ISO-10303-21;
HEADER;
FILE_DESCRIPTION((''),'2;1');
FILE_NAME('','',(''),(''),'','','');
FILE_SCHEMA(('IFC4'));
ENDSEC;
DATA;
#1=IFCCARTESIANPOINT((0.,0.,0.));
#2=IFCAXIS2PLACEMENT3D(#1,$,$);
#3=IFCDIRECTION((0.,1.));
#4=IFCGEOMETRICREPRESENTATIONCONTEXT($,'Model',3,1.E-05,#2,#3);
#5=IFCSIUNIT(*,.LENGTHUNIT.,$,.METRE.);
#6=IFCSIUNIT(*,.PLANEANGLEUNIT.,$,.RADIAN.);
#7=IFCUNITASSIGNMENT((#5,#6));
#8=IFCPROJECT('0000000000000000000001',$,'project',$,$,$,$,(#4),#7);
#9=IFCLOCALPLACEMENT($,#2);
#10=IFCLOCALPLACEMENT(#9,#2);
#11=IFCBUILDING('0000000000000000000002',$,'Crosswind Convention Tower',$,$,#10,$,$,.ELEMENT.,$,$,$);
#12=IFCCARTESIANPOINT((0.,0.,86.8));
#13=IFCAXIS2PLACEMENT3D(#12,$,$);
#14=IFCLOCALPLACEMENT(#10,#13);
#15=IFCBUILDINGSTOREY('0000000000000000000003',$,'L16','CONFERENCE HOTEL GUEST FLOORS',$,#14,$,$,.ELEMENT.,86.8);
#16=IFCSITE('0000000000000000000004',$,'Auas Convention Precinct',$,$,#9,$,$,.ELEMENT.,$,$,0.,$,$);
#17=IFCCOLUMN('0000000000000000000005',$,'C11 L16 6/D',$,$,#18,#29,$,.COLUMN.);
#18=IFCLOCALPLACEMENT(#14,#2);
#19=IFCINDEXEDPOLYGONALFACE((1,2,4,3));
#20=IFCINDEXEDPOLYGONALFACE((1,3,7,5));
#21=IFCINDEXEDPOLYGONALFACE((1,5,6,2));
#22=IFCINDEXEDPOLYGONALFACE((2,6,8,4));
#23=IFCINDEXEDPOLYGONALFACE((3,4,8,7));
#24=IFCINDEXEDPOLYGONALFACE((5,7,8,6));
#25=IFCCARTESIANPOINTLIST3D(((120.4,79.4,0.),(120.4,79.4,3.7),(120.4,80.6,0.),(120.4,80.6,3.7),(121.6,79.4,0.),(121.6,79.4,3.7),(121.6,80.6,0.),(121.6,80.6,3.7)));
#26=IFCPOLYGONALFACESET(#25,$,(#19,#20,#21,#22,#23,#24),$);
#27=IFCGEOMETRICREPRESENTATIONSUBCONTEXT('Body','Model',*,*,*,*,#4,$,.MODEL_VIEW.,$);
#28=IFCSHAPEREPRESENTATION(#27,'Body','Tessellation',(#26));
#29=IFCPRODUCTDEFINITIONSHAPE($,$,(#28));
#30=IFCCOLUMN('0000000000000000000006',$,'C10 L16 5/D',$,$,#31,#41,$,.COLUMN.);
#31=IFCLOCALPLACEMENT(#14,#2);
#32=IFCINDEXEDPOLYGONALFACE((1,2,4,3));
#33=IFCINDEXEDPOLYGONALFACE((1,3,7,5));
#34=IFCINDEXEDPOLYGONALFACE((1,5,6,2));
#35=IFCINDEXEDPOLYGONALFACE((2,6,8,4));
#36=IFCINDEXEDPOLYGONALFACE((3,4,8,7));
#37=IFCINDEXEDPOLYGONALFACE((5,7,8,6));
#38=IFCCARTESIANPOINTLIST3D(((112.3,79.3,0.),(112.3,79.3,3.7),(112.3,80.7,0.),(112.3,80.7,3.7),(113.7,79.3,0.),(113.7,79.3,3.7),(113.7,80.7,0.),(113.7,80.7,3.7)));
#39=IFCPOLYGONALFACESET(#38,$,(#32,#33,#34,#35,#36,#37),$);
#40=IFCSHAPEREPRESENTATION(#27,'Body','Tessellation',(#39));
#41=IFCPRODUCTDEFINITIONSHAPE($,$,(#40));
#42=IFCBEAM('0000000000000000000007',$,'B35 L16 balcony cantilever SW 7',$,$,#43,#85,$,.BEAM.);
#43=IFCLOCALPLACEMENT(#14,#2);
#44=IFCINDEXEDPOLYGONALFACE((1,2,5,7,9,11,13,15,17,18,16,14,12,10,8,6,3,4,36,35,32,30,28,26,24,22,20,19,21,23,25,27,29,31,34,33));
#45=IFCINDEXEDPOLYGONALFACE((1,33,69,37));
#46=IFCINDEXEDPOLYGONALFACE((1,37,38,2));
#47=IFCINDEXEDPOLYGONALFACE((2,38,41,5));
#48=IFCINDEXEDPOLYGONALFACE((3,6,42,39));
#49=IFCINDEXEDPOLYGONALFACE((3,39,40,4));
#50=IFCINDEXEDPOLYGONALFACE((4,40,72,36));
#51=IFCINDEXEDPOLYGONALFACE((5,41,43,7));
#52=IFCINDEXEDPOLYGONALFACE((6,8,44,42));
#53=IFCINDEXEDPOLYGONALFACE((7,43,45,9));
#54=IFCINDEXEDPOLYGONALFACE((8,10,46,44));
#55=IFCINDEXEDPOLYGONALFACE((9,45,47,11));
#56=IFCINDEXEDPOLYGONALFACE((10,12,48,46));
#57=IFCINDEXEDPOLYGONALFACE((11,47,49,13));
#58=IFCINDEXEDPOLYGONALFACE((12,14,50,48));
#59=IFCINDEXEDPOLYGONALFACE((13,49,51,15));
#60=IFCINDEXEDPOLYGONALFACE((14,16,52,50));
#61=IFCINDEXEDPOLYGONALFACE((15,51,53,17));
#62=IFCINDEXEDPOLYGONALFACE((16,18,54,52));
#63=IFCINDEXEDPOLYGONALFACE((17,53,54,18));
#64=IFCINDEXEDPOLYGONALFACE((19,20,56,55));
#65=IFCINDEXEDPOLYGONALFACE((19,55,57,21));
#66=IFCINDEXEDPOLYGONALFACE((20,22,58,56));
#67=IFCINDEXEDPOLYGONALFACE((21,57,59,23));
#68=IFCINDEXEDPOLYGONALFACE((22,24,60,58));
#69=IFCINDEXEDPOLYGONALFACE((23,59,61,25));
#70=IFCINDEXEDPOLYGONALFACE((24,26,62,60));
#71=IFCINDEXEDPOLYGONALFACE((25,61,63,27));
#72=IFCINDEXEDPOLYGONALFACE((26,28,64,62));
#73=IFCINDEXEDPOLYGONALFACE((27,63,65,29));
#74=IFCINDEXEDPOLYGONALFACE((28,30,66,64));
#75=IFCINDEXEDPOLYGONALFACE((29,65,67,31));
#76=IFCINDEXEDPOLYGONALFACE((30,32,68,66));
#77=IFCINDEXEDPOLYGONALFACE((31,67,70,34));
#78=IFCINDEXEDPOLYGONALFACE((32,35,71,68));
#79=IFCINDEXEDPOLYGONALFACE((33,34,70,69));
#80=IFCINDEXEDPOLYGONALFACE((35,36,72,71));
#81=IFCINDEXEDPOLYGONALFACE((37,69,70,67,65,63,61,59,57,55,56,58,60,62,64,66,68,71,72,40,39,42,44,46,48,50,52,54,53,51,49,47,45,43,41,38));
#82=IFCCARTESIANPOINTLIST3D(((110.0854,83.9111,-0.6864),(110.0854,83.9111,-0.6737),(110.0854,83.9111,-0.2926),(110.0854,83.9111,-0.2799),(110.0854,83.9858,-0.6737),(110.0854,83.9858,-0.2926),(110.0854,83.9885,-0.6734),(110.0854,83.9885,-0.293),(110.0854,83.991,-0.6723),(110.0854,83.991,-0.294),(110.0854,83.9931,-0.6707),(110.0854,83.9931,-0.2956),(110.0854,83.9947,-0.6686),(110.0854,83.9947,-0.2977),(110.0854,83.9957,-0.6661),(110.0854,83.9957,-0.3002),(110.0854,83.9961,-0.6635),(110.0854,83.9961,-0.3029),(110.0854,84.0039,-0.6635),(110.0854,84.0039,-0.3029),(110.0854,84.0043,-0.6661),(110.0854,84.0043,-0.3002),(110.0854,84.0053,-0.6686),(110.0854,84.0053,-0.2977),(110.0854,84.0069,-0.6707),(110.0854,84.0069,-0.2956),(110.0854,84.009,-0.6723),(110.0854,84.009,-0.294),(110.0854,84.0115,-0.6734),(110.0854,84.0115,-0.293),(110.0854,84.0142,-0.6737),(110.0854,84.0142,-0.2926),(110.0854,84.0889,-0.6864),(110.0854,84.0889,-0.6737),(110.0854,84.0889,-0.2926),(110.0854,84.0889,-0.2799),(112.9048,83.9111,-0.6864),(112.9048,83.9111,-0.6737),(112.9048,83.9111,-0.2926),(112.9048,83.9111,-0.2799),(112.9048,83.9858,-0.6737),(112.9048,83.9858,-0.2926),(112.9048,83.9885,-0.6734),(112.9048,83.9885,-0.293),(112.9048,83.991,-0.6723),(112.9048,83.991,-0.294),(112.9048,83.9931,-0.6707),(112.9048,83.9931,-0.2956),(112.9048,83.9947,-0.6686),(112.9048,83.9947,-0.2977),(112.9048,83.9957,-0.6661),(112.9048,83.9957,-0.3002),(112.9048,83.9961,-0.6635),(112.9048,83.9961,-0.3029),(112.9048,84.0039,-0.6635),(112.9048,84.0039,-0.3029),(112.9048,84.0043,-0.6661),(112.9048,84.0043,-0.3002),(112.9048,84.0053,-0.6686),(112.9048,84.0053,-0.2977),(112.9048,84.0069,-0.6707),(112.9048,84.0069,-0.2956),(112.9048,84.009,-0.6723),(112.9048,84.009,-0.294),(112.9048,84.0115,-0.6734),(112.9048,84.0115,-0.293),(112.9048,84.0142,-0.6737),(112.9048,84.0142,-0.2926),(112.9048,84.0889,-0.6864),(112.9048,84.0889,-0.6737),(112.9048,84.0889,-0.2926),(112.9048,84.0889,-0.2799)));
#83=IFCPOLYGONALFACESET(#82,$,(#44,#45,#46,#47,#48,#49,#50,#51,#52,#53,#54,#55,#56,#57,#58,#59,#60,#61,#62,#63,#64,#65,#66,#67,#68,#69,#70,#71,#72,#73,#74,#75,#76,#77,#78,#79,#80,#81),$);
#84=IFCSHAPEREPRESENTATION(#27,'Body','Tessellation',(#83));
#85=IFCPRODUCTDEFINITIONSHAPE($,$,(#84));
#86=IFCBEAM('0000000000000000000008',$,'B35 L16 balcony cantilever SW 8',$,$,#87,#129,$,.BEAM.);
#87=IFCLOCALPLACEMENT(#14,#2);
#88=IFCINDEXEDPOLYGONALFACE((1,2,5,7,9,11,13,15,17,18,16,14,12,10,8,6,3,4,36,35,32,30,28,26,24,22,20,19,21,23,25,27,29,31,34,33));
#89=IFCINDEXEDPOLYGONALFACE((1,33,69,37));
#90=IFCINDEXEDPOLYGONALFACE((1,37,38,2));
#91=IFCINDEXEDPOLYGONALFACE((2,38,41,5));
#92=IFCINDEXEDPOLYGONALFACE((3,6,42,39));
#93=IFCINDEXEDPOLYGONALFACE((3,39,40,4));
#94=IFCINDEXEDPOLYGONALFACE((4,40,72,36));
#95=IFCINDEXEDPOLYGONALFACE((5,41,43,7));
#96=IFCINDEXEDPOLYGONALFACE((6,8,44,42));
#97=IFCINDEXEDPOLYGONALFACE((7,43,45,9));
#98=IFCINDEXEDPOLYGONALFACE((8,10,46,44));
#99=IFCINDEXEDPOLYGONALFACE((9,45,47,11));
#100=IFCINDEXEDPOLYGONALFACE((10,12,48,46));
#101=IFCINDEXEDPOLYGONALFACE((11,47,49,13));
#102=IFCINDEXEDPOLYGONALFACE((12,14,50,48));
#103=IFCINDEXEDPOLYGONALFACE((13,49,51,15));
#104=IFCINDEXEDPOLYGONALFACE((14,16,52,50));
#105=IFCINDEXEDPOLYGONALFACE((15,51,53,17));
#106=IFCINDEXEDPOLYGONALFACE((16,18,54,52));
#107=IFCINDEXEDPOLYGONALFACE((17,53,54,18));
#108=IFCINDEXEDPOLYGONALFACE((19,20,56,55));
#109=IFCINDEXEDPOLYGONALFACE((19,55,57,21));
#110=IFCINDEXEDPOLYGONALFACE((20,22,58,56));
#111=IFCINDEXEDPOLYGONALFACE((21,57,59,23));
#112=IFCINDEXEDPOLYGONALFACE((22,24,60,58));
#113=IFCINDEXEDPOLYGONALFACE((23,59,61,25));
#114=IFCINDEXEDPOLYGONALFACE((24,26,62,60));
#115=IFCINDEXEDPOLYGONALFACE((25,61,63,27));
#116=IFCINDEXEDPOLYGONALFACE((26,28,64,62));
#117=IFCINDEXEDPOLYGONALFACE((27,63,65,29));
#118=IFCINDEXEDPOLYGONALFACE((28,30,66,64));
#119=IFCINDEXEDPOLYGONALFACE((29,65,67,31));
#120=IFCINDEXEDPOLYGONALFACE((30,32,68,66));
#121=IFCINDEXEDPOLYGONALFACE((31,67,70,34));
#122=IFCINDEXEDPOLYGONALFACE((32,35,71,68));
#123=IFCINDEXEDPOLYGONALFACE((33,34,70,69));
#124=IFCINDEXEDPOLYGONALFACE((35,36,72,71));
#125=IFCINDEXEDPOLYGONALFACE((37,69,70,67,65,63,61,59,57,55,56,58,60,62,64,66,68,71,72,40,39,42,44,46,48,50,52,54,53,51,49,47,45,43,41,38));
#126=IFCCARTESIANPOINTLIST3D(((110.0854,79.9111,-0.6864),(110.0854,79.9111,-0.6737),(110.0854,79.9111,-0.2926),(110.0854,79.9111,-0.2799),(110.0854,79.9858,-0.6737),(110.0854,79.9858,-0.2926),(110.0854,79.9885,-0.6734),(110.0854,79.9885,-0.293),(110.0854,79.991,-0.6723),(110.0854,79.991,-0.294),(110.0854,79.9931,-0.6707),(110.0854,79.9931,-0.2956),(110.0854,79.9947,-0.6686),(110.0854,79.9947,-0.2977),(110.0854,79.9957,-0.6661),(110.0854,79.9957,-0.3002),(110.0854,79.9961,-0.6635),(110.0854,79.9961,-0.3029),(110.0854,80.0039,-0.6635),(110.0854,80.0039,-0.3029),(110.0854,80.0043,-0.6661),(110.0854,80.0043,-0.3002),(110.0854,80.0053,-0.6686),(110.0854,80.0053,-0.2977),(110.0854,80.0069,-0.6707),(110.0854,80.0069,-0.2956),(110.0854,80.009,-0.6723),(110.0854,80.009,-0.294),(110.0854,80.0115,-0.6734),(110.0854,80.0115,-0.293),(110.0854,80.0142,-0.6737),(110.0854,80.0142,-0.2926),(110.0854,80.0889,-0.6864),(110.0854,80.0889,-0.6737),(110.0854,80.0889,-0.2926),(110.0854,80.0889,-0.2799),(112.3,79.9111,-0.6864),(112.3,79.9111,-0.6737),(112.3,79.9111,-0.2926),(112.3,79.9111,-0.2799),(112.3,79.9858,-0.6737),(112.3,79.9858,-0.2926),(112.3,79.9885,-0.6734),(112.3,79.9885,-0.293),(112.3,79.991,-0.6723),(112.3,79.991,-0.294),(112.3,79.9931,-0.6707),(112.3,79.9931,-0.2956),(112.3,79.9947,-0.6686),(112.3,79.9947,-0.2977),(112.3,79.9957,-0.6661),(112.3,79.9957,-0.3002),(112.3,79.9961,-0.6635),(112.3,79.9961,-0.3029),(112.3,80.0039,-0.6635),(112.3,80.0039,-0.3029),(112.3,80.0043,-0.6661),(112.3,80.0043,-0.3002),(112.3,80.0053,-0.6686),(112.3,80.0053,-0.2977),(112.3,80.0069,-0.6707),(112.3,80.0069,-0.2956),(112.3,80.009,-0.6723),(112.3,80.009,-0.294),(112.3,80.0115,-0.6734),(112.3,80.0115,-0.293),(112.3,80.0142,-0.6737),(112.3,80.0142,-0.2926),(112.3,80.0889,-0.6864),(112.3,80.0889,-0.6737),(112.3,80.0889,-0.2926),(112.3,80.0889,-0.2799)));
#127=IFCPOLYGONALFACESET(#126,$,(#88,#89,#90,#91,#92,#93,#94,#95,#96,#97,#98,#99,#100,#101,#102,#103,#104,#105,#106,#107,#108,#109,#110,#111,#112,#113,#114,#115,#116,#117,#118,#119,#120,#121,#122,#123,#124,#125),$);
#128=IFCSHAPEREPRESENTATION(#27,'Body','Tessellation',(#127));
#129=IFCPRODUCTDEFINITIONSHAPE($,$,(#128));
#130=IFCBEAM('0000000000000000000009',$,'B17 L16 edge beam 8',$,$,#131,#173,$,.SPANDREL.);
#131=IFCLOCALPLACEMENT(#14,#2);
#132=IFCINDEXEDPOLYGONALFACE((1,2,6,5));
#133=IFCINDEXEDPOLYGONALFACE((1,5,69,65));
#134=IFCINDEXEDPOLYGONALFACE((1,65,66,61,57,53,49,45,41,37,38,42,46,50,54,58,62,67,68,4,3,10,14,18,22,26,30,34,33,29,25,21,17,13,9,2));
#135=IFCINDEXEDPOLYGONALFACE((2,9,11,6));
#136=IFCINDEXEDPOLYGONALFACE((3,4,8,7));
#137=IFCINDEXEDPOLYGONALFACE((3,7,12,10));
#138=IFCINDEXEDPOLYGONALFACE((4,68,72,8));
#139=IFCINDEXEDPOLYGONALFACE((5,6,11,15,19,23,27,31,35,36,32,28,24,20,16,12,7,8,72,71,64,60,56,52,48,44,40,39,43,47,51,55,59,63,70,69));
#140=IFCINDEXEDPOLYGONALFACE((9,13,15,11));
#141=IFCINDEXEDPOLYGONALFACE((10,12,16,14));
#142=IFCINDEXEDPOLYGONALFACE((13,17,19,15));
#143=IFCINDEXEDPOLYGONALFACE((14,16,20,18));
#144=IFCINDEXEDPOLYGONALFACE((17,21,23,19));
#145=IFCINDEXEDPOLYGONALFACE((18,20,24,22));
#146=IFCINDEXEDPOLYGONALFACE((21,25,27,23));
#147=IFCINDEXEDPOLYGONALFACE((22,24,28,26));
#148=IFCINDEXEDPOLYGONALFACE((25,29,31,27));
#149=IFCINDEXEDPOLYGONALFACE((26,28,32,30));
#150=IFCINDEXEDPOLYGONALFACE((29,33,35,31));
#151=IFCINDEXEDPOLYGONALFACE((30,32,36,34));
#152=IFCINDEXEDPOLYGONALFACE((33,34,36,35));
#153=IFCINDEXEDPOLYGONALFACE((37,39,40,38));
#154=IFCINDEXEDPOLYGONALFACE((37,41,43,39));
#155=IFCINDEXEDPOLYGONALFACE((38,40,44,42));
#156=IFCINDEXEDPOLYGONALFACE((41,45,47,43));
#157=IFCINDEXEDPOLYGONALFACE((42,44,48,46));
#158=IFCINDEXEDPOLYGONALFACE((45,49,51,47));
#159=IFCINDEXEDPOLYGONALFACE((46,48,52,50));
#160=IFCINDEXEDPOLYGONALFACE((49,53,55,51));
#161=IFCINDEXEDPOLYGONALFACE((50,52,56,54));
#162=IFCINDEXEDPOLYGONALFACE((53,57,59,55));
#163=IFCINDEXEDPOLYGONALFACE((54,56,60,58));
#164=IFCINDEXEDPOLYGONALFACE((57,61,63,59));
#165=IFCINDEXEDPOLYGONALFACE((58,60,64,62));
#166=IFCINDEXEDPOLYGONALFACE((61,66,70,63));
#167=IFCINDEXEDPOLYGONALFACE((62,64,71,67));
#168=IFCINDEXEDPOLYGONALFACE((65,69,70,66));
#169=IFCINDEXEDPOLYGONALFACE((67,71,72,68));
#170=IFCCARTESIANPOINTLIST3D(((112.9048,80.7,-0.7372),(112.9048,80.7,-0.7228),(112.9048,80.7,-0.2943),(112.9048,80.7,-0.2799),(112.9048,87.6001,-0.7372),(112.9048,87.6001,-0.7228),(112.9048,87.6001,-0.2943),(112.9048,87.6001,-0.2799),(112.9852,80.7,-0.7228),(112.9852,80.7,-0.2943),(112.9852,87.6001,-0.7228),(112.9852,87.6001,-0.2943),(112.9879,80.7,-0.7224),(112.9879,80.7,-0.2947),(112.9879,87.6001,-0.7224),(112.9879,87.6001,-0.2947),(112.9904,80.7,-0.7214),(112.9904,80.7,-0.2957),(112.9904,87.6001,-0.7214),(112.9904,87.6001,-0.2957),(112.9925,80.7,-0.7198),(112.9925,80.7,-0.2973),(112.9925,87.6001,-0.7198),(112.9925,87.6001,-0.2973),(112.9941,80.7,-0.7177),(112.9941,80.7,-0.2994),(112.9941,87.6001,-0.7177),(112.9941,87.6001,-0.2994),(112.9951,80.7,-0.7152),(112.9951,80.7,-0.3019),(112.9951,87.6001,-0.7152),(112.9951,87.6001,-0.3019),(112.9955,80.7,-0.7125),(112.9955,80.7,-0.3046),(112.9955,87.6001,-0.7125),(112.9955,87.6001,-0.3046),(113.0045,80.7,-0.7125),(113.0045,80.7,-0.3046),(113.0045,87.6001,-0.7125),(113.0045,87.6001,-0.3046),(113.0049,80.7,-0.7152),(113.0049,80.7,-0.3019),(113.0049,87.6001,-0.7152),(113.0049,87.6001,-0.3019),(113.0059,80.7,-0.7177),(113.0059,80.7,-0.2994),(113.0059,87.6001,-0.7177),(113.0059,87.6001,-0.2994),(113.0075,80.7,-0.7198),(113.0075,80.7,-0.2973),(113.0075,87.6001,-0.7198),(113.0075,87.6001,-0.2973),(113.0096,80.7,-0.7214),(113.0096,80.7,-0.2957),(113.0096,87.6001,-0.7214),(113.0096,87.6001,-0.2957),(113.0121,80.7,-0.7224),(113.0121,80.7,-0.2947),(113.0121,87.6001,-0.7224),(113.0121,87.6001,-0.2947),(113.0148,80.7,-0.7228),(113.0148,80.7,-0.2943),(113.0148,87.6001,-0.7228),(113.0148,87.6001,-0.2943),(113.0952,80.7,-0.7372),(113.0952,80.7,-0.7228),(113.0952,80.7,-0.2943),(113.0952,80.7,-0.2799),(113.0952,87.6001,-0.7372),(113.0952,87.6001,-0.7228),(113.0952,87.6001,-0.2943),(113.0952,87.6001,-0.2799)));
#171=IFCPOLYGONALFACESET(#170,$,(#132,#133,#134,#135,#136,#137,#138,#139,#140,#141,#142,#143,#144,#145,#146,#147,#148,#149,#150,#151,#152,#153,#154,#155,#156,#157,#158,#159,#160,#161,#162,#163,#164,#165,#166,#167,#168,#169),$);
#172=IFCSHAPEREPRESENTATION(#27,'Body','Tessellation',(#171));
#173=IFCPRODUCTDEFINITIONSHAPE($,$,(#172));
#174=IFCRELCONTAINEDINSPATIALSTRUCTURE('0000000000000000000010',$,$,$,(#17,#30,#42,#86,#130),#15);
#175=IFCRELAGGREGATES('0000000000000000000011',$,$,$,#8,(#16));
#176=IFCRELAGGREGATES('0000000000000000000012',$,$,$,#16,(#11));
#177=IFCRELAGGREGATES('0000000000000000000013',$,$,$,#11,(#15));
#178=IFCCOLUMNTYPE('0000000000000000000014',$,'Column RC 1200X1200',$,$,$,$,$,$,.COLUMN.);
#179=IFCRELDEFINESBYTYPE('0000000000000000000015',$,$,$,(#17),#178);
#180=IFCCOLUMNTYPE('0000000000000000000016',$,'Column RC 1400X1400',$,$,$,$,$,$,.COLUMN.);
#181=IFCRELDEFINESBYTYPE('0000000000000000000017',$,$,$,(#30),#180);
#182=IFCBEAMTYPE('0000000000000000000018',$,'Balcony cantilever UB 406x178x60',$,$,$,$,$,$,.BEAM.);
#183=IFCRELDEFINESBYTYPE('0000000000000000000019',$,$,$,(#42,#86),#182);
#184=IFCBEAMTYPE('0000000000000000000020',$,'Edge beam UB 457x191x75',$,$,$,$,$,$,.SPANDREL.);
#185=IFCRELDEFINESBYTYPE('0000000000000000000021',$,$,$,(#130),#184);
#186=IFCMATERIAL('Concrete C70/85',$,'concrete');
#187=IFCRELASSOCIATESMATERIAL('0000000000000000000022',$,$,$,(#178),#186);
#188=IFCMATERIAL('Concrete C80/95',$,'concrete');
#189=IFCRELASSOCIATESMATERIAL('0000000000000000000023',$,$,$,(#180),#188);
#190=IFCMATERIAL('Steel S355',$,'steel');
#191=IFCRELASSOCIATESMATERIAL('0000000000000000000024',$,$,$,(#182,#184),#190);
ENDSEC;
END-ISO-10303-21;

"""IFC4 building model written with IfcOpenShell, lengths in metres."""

from ifc_helpers import new_model, si_unit, direction, frame, origin, origin_2d, place, context, subcontext, project, spatial, rectangle, i_section, extrude, material, material_profile, profile_set, type_object, element, save


model = new_model("IFC4")

# Units and contexts
model_context = context("Model", 3, precision=1e-05, world=origin(), true_north=direction((0.0, 1.0)))
body_context = subcontext(model_context, "Body", "Model", "MODEL_VIEW")
ifc_project = project(units=[si_unit("LENGTHUNIT", "METRE"), si_unit("PLANEANGLEUNIT", "RADIAN")], contexts=[model_context])

# Site, building, storey
site_placement = place(None, origin())
site = spatial("IfcSite", under=ifc_project, at=site_placement, Name="Auas Convention Precinct", CompositionType="ELEMENT", RefElevation=0.0)
building_placement = place(site_placement, origin())
building = spatial("IfcBuilding", under=site, at=building_placement, Name="Crosswind Convention Tower", CompositionType="ELEMENT")
storey_placement = place(building_placement, frame((0.0, 0.0, 86.8)))
storey = spatial("IfcBuildingStorey", under=building, at=storey_placement, Name="L16", Description="CONFERENCE HOTEL GUEST FLOORS", CompositionType="ELEMENT", Elevation=86.8)

# Columns
ifc_material_1 = material(Name="Concrete C70/85", Category="concrete")
ifc_material_profile_1 = material_profile(ifc_material_1, rectangle(XDim=1.2, YDim=1.2, at=origin_2d()), Name="RC 1200X1200")
ifc_profile_set_1 = profile_set([ifc_material_profile_1], Name="Concrete C70/85")
column_type_1 = type_object("IfcColumnType", Name="Column RC 1200X1200", PredefinedType="COLUMN", material=ifc_profile_set_1)
column_1_placement = place(storey_placement, frame((121.0, 80.0, 0.0), z_axis=(0.0, 0.0, 1.0), x_axis=(1.0, 0.0, 0.0)))
element("IfcColumn", 1, at=column_1_placement, inside=storey, type_object=column_type_1, Name="C11 L16 6/D", PredefinedType="COLUMN", context=body_context, shape_type="SweptSolid", body=[
    extrude(rectangle(XDim=1.2, YDim=1.2, at=origin_2d()), origin(), (0.0, 0.0, 1.0), 3.7),
])
ifc_material_2 = material(Name="Concrete C80/95", Category="concrete")
ifc_material_profile_2 = material_profile(ifc_material_2, rectangle(XDim=1.3999, YDim=1.3999, at=origin_2d()), Name="RC 1400X1400")
ifc_profile_set_2 = profile_set([ifc_material_profile_2], Name="Concrete C80/95")
column_type_2 = type_object("IfcColumnType", Name="Column RC 1400X1400", PredefinedType="COLUMN", material=ifc_profile_set_2)
column_2_placement = place(storey_placement, frame((113.0, 80.0, 0.0), z_axis=(0.0, 0.0, 1.0), x_axis=(1.0, 0.0, 0.0)))
element("IfcColumn", 2, at=column_2_placement, inside=storey, type_object=column_type_2, Name="C10 L16 5/D", PredefinedType="COLUMN", context=body_context, shape_type="SweptSolid", body=[
    extrude(rectangle(XDim=1.3999, YDim=1.3999, at=origin_2d()), origin(), (0.0, 0.0, 1.0), 3.7),
])

# Beams
ifc_material_3 = material(Name="Steel S355", Category="steel")
ifc_material_profile_3 = material_profile(ifc_material_3, i_section(OverallWidth=0.1777, OverallDepth=0.4065, WebThickness=0.0078, FlangeThickness=0.0127, FilletRadius=0.0103, at=origin_2d()), Name="UB 406x178x60")
ifc_profile_set_3 = profile_set([ifc_material_profile_3], Name="Steel S355")
beam_type_1 = type_object("IfcBeamType", Name="Balcony cantilever UB 406x178x60", PredefinedType="BEAM", material=ifc_profile_set_3)
beam_1_placement = place(storey_placement, frame((112.9048, 84.0, -0.4832), z_axis=(-1.0, 0.0, 0.0), x_axis=(0.0, -1.0, 0.0)))
element("IfcBeam", 3, at=beam_1_placement, inside=storey, type_object=beam_type_1, Name="B35 L16 balcony cantilever SW 7", PredefinedType="BEAM", context=body_context, shape_type="SweptSolid", body=[
    extrude(i_section(OverallWidth=0.1777, OverallDepth=0.4065, WebThickness=0.0078, FlangeThickness=0.0127, FilletRadius=0.0103, at=origin_2d()), origin(), (0.0, 0.0, 1.0), 2.8193),
])
beam_2_placement = place(storey_placement, frame((112.3, 80.0, -0.4832), z_axis=(-1.0, 0.0, 0.0), x_axis=(0.0, -1.0, 0.0)))
element("IfcBeam", 4, at=beam_2_placement, inside=storey, type_object=beam_type_1, Name="B35 L16 balcony cantilever SW 8", PredefinedType="BEAM", context=body_context, shape_type="SweptSolid", body=[
    extrude(i_section(OverallWidth=0.1777, OverallDepth=0.4065, WebThickness=0.0078, FlangeThickness=0.0127, FilletRadius=0.0103, at=origin_2d()), origin(), (0.0, 0.0, 1.0), 2.2146),
])
ifc_material_profile_4 = material_profile(ifc_material_3, i_section(OverallWidth=0.1904, OverallDepth=0.4573, WebThickness=0.009, FlangeThickness=0.0144, FilletRadius=0.0103, at=origin_2d()), Name="UB 457x191x75")
ifc_profile_set_4 = profile_set([ifc_material_profile_4], Name="Steel S355")
beam_type_2 = type_object("IfcBeamType", Name="Edge beam UB 457x191x75", PredefinedType="SPANDREL", material=ifc_profile_set_4)
beam_3_placement = place(storey_placement, frame((113.0, 80.7, -0.5085), z_axis=(0.0, 1.0, 0.0), x_axis=(-1.0, 0.0, 0.0)))
element("IfcBeam", 5, at=beam_3_placement, inside=storey, type_object=beam_type_2, Name="B17 L16 edge beam 8", PredefinedType="SPANDREL", context=body_context, shape_type="SweptSolid", body=[
    extrude(i_section(OverallWidth=0.1904, OverallDepth=0.4573, WebThickness=0.009, FlangeThickness=0.0144, FilletRadius=0.0103, at=origin_2d()), origin(), (0.0, 0.0, 1.0), 6.9001),
])

save(model, "model.ifc")
